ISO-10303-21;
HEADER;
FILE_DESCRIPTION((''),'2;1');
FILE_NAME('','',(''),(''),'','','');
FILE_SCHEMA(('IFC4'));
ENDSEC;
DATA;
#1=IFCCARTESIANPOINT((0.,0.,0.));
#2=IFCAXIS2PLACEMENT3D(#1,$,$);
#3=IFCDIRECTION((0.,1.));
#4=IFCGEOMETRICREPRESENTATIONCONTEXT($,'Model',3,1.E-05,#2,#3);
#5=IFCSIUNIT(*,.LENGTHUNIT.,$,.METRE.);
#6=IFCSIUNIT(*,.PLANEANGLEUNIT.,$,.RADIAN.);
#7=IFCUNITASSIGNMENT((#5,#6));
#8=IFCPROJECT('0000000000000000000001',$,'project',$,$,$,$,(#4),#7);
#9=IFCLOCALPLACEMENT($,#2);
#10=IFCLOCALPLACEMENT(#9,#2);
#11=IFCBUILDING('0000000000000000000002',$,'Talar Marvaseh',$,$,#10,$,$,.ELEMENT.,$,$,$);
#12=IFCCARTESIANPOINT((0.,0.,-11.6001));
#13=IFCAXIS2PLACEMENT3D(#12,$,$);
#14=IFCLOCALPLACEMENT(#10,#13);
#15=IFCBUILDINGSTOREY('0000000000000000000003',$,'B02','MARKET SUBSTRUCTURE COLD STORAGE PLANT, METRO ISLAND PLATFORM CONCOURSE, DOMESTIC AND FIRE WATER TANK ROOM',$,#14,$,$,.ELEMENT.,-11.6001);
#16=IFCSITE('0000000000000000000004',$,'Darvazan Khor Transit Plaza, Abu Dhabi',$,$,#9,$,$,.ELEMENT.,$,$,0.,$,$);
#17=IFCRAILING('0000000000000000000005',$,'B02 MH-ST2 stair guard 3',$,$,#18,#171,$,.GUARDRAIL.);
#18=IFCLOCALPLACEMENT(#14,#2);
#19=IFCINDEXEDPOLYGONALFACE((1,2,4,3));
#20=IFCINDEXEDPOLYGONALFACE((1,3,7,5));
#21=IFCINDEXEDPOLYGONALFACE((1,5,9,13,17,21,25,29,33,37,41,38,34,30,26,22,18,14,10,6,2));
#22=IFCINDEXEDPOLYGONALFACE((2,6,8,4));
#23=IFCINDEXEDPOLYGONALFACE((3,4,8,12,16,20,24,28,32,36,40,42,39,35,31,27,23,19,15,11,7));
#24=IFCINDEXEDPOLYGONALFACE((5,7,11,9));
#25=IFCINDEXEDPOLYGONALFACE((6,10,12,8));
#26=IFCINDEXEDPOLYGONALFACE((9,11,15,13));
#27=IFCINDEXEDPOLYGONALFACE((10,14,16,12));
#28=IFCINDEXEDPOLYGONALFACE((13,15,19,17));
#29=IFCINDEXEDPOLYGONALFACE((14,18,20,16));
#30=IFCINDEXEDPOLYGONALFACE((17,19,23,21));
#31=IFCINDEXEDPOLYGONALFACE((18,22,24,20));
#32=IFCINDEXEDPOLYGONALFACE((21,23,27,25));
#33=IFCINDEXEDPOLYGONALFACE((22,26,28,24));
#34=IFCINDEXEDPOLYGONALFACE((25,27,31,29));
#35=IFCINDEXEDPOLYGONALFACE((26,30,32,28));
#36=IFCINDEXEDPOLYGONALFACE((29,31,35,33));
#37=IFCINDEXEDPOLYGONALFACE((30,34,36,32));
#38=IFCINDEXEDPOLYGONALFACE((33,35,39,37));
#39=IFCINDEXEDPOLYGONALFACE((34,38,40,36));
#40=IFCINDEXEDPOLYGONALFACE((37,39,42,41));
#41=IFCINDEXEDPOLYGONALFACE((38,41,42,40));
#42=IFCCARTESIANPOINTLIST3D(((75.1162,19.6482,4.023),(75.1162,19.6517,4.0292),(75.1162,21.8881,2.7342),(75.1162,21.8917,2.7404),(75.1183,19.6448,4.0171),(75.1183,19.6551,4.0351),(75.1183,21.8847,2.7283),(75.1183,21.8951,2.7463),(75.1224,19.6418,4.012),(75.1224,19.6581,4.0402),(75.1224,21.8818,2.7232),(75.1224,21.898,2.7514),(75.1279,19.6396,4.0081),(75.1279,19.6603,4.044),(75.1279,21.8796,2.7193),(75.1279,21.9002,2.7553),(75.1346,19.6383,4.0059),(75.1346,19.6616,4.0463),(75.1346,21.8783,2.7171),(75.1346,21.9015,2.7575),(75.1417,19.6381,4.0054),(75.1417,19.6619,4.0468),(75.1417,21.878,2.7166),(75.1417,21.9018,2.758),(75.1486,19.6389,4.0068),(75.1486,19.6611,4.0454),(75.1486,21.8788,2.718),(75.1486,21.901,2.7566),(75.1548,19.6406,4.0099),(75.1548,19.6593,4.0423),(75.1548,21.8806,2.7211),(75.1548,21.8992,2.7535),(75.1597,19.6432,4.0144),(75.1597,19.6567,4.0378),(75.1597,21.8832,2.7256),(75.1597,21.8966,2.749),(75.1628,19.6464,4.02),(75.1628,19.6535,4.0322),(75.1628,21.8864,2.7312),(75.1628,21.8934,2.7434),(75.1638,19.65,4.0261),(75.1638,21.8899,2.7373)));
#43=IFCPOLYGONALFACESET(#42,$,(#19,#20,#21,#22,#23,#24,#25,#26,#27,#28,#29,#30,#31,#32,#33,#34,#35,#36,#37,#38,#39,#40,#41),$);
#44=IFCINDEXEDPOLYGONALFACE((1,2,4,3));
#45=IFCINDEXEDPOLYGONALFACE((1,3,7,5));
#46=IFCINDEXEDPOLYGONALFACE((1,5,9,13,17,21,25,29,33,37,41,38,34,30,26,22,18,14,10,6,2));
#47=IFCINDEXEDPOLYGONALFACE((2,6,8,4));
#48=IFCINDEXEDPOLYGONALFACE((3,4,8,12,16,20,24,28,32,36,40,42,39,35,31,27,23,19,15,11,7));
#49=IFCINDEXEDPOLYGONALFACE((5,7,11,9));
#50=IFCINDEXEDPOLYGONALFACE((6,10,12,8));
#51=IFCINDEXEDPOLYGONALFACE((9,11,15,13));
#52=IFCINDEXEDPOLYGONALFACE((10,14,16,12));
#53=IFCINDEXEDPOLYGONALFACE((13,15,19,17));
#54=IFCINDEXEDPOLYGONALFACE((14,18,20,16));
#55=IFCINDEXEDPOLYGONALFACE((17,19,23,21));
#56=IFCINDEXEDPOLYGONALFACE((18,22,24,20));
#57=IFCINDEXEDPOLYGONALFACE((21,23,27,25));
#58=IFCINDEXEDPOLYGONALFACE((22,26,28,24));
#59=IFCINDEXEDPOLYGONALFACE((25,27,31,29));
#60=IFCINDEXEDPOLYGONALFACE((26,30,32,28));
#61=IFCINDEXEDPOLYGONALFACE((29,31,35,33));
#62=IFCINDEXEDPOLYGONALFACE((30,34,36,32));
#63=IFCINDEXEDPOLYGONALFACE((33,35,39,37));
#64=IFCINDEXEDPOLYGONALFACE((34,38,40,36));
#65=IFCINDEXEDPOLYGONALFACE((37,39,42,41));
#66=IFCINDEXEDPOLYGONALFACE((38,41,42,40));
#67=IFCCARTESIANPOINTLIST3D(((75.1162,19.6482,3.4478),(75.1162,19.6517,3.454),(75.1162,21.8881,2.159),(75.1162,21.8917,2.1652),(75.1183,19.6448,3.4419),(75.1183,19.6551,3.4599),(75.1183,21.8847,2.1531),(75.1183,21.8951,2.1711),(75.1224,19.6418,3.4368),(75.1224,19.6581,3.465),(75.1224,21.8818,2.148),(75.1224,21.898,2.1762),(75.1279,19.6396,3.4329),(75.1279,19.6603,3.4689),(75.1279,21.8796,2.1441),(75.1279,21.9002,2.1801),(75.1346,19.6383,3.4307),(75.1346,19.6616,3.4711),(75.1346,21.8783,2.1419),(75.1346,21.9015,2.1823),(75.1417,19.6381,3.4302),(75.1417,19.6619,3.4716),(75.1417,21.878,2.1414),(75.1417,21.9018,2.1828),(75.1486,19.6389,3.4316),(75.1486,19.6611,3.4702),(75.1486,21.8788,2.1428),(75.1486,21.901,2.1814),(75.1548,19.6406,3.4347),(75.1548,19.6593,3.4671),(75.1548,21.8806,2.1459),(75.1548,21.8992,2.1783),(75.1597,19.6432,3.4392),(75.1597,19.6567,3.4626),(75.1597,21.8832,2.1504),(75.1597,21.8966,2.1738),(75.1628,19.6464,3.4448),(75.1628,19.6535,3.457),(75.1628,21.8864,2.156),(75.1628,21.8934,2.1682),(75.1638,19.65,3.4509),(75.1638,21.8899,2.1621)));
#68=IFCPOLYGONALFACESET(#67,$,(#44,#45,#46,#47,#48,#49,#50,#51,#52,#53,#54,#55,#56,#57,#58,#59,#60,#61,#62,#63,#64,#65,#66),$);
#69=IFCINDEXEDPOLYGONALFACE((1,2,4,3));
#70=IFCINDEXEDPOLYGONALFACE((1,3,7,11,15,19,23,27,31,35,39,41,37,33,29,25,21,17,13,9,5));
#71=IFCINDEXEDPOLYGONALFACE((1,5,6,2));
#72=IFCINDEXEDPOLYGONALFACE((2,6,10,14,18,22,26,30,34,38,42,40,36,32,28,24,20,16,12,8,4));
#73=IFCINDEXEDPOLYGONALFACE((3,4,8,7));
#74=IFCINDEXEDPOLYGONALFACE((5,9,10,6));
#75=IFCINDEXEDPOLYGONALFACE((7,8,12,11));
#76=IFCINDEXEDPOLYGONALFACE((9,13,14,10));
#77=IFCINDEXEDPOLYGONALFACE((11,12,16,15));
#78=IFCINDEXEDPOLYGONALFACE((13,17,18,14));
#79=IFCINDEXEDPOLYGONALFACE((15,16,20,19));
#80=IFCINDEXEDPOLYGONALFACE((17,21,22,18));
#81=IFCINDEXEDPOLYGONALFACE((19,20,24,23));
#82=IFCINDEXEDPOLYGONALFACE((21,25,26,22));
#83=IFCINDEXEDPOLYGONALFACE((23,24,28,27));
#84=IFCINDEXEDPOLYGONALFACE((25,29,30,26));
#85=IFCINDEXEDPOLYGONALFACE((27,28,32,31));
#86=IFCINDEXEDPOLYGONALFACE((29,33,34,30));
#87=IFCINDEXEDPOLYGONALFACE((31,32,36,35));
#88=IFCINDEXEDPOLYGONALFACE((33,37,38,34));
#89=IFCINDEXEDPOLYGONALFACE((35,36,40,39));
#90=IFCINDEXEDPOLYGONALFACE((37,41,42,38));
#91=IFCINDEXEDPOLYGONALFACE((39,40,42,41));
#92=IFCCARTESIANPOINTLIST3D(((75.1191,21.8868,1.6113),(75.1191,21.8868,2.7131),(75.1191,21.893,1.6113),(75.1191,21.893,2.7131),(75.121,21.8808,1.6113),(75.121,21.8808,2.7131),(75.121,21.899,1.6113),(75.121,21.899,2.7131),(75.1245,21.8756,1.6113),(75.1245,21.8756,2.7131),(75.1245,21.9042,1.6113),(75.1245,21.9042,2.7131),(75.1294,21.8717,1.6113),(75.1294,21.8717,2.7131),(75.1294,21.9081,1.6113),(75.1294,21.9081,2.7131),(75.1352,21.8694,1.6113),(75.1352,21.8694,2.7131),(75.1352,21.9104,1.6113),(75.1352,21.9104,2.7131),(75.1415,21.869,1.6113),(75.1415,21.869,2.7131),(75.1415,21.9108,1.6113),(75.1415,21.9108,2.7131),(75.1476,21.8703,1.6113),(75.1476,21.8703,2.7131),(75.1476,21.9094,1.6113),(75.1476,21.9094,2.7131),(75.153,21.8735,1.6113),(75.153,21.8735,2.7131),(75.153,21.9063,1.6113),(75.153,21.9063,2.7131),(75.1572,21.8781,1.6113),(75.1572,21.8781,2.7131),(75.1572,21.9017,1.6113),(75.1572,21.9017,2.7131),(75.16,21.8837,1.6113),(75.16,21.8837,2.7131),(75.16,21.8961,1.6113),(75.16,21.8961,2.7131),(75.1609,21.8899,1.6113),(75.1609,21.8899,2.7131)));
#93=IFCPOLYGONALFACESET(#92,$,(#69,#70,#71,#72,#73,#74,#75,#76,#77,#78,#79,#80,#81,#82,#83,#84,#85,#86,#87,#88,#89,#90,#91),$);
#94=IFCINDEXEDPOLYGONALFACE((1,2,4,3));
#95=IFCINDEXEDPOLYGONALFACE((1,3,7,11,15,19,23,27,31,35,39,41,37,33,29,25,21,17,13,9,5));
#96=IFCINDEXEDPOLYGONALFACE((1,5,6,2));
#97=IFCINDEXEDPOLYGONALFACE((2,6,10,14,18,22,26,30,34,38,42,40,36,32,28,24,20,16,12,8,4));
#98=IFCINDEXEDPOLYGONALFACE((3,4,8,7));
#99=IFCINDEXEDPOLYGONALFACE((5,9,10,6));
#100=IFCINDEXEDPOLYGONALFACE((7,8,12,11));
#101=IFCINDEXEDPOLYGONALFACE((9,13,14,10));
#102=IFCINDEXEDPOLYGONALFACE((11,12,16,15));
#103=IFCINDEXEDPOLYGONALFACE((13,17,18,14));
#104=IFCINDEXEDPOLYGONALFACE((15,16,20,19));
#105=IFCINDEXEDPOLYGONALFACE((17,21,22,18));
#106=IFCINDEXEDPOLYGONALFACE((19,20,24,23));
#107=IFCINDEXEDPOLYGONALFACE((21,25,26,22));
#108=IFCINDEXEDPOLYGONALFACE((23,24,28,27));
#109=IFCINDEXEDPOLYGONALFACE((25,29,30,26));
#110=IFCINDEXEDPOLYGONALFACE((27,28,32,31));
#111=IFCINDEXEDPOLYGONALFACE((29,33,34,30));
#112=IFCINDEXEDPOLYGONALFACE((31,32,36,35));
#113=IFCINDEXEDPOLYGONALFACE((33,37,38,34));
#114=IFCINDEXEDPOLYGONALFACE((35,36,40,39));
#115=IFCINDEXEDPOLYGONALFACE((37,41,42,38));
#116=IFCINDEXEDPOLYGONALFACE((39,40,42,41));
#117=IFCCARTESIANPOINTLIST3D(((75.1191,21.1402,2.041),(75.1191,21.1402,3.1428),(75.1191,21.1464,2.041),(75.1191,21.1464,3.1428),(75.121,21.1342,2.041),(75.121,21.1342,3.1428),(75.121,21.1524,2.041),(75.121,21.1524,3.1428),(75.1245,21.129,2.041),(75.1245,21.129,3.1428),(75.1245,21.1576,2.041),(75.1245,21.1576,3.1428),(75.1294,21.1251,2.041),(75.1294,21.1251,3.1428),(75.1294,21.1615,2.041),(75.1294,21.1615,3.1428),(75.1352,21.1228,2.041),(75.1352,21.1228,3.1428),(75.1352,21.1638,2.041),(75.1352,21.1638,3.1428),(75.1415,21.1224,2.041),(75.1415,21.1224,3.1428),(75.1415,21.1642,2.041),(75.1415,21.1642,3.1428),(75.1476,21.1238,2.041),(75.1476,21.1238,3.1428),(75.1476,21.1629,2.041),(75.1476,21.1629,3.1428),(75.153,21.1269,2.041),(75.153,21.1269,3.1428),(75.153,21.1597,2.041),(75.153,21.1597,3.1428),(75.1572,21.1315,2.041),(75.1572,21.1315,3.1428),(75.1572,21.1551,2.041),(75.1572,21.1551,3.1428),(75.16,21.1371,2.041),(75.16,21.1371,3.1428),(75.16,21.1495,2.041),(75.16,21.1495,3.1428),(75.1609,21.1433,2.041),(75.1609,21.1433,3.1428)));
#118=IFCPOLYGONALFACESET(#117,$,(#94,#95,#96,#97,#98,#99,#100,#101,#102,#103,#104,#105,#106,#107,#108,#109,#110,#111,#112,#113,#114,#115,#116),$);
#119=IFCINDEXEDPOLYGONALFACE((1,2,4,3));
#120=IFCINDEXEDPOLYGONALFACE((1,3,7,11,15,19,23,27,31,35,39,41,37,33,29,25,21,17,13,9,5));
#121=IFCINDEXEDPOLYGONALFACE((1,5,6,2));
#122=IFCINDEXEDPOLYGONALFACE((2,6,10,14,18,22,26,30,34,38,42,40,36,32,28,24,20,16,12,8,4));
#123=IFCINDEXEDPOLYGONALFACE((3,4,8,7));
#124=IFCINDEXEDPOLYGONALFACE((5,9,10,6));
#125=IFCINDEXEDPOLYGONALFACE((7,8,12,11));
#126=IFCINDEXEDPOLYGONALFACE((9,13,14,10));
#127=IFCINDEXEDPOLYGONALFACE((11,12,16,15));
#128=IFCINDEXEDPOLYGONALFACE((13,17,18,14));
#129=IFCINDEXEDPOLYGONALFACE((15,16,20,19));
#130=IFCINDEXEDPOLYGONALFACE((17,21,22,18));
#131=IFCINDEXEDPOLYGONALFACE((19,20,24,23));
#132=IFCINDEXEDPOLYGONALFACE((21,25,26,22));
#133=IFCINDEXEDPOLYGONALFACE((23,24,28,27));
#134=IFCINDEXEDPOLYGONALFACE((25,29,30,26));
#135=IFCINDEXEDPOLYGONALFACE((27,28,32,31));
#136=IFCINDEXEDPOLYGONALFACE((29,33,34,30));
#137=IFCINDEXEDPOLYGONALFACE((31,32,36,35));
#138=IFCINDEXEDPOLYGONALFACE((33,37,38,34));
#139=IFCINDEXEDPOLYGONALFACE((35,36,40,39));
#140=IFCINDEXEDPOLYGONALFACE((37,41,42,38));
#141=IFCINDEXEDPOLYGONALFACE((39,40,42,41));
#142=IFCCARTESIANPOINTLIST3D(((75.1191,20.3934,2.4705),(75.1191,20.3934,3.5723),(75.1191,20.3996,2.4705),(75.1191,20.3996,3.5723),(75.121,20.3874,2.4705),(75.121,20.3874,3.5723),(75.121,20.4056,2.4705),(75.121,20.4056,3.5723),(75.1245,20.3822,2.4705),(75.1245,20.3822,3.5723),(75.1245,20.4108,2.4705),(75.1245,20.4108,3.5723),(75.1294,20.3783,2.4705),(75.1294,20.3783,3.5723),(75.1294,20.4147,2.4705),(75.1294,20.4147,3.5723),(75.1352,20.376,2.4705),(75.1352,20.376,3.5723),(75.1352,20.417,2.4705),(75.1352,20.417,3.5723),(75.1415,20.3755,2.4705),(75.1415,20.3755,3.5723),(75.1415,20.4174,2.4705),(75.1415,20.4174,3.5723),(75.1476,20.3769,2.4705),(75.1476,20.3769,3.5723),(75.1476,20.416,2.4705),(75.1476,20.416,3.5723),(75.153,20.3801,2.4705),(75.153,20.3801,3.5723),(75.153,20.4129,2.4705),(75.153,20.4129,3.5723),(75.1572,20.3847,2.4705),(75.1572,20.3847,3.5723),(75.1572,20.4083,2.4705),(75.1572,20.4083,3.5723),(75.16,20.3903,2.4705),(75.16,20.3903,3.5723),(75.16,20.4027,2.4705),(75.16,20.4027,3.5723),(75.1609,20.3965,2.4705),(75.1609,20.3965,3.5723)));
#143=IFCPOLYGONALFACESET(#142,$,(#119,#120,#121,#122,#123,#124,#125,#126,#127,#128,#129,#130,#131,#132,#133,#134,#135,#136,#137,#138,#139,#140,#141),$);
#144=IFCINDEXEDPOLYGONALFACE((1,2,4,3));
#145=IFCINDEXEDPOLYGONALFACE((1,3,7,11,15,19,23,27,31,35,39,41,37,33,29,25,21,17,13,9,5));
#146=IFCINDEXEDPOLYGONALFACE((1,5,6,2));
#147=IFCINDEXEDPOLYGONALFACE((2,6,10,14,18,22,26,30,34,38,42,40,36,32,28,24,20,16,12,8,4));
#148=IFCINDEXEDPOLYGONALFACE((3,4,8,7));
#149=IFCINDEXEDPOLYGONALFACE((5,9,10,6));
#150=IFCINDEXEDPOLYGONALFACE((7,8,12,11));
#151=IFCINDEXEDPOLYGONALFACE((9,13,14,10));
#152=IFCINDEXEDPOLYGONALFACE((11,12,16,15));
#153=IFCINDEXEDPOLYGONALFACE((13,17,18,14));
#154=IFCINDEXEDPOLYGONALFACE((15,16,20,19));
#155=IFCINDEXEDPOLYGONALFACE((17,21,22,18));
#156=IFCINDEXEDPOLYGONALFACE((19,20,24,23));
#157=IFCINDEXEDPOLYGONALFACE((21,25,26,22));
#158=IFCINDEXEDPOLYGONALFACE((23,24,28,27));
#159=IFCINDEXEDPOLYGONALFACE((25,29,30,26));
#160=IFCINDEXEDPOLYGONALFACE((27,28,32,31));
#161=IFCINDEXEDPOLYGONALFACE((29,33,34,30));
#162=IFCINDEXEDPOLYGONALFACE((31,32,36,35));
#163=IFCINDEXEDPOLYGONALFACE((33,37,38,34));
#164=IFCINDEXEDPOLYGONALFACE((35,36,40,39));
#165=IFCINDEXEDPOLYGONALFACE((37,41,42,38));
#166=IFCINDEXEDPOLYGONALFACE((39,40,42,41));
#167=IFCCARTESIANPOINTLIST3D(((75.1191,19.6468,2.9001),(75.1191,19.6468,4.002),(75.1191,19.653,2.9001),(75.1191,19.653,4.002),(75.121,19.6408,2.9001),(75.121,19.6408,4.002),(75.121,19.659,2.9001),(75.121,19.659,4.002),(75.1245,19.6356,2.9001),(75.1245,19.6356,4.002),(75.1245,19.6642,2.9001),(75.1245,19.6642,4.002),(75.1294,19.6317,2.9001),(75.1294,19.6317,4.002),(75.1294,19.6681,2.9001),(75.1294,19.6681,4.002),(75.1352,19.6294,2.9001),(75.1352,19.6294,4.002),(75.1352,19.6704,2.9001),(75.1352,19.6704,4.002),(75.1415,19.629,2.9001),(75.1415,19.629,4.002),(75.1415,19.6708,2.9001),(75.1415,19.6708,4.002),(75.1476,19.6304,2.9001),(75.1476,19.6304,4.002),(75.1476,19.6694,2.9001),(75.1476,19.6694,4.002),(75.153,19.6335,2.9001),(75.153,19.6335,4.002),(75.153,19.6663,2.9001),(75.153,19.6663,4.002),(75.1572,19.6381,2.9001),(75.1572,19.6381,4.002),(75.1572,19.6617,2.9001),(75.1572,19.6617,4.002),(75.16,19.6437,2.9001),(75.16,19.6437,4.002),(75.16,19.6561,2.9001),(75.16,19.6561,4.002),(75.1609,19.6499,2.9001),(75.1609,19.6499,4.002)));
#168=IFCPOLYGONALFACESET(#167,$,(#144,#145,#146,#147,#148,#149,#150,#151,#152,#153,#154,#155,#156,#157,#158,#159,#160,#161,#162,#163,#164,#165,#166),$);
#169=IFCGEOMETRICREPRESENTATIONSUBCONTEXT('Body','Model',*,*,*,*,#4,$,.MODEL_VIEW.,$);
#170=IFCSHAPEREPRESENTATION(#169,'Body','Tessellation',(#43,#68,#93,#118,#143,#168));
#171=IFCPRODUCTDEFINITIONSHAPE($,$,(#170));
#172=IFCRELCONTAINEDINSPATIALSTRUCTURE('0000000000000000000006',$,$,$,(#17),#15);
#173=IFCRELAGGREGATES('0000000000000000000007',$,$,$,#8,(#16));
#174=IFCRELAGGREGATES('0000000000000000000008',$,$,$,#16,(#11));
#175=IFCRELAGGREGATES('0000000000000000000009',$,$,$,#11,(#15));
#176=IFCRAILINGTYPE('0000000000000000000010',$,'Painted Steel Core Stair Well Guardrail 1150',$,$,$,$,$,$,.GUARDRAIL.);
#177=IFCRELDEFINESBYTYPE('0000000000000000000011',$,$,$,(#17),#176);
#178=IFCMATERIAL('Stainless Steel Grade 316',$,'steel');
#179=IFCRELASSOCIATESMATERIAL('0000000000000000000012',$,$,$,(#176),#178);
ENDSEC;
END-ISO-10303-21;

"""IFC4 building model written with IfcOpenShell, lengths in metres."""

from ifc_helpers import new_model, si_unit, direction, frame, origin, origin_2d, place, context, subcontext, project, spatial, circle, extrude, material, type_object, element, save


model = new_model("IFC4")

# Units and contexts
model_context = context("Model", 3, precision=1e-05, world=origin(), true_north=direction((0.0, 1.0)))
body_context = subcontext(model_context, "Body", "Model", "MODEL_VIEW")
ifc_project = project(units=[si_unit("LENGTHUNIT", "METRE"), si_unit("PLANEANGLEUNIT", "RADIAN")], contexts=[model_context])

# Site, building, storey
site_placement = place(None, origin())
site = spatial("IfcSite", under=ifc_project, at=site_placement, Name="Darvazan Khor Transit Plaza, Abu Dhabi", CompositionType="ELEMENT", RefElevation=0.0)
building_placement = place(site_placement, origin())
building = spatial("IfcBuilding", under=site, at=building_placement, Name="Talar Marvaseh", CompositionType="ELEMENT")
storey_placement = place(building_placement, frame((0.0, 0.0, -11.6001)))
storey = spatial("IfcBuildingStorey", under=building, at=storey_placement, Name="B02", Description="MARKET SUBSTRUCTURE COLD STORAGE PLANT, METRO ISLAND PLATFORM CONCOURSE, DOMESTIC AND FIRE WATER TANK ROOM", CompositionType="ELEMENT", Elevation=-11.6001)

# Railing
ifc_material_1 = material(Name="Stainless Steel Grade 316", Category="steel")
railing_type_1 = type_object("IfcRailingType", Name="Painted Steel Core Stair Well Guardrail 1150", PredefinedType="GUARDRAIL", material=ifc_material_1)
railing_placement = place(storey_placement, frame((75.1399, 21.8899, 1.6113)))
element("IfcRailing", 1, at=railing_placement, inside=storey, type_object=railing_type_1, Name="B02 MH-ST2 stair guard 3", PredefinedType="GUARDRAIL", context=body_context, shape_type="SweptSolid", body=[
    extrude(circle(Radius=0.0239, at=origin_2d()), frame((0.0, 0.0, 1.126), z_axis=(0.0, -0.866768, 0.498711), x_axis=(1.0, 0.0, 0.0)), (0.0, 0.0, 1.0), 2.5842),
    extrude(circle(Radius=0.0239, at=origin_2d()), frame((0.0, 0.0, 0.5508), z_axis=(0.0, -0.866768, 0.498711), x_axis=(1.0, 0.0, 0.0)), (0.0, 0.0, 1.0), 2.5842),
    extrude(circle(Radius=0.021, at=origin_2d()), origin(), (0.0, 0.0, 1.0), 1.1018),
    extrude(circle(Radius=0.021, at=origin_2d()), frame((0.0, -0.7466, 0.4297)), (0.0, 0.0, 1.0), 1.1018),
    extrude(circle(Radius=0.021, at=origin_2d()), frame((0.0, -1.4934, 0.8591)), (0.0, 0.0, 1.0), 1.1018),
    extrude(circle(Radius=0.021, at=origin_2d()), frame((0.0, -2.24, 1.2888)), (0.0, 0.0, 1.0), 1.1018),
])

save(model, "model.ifc")
